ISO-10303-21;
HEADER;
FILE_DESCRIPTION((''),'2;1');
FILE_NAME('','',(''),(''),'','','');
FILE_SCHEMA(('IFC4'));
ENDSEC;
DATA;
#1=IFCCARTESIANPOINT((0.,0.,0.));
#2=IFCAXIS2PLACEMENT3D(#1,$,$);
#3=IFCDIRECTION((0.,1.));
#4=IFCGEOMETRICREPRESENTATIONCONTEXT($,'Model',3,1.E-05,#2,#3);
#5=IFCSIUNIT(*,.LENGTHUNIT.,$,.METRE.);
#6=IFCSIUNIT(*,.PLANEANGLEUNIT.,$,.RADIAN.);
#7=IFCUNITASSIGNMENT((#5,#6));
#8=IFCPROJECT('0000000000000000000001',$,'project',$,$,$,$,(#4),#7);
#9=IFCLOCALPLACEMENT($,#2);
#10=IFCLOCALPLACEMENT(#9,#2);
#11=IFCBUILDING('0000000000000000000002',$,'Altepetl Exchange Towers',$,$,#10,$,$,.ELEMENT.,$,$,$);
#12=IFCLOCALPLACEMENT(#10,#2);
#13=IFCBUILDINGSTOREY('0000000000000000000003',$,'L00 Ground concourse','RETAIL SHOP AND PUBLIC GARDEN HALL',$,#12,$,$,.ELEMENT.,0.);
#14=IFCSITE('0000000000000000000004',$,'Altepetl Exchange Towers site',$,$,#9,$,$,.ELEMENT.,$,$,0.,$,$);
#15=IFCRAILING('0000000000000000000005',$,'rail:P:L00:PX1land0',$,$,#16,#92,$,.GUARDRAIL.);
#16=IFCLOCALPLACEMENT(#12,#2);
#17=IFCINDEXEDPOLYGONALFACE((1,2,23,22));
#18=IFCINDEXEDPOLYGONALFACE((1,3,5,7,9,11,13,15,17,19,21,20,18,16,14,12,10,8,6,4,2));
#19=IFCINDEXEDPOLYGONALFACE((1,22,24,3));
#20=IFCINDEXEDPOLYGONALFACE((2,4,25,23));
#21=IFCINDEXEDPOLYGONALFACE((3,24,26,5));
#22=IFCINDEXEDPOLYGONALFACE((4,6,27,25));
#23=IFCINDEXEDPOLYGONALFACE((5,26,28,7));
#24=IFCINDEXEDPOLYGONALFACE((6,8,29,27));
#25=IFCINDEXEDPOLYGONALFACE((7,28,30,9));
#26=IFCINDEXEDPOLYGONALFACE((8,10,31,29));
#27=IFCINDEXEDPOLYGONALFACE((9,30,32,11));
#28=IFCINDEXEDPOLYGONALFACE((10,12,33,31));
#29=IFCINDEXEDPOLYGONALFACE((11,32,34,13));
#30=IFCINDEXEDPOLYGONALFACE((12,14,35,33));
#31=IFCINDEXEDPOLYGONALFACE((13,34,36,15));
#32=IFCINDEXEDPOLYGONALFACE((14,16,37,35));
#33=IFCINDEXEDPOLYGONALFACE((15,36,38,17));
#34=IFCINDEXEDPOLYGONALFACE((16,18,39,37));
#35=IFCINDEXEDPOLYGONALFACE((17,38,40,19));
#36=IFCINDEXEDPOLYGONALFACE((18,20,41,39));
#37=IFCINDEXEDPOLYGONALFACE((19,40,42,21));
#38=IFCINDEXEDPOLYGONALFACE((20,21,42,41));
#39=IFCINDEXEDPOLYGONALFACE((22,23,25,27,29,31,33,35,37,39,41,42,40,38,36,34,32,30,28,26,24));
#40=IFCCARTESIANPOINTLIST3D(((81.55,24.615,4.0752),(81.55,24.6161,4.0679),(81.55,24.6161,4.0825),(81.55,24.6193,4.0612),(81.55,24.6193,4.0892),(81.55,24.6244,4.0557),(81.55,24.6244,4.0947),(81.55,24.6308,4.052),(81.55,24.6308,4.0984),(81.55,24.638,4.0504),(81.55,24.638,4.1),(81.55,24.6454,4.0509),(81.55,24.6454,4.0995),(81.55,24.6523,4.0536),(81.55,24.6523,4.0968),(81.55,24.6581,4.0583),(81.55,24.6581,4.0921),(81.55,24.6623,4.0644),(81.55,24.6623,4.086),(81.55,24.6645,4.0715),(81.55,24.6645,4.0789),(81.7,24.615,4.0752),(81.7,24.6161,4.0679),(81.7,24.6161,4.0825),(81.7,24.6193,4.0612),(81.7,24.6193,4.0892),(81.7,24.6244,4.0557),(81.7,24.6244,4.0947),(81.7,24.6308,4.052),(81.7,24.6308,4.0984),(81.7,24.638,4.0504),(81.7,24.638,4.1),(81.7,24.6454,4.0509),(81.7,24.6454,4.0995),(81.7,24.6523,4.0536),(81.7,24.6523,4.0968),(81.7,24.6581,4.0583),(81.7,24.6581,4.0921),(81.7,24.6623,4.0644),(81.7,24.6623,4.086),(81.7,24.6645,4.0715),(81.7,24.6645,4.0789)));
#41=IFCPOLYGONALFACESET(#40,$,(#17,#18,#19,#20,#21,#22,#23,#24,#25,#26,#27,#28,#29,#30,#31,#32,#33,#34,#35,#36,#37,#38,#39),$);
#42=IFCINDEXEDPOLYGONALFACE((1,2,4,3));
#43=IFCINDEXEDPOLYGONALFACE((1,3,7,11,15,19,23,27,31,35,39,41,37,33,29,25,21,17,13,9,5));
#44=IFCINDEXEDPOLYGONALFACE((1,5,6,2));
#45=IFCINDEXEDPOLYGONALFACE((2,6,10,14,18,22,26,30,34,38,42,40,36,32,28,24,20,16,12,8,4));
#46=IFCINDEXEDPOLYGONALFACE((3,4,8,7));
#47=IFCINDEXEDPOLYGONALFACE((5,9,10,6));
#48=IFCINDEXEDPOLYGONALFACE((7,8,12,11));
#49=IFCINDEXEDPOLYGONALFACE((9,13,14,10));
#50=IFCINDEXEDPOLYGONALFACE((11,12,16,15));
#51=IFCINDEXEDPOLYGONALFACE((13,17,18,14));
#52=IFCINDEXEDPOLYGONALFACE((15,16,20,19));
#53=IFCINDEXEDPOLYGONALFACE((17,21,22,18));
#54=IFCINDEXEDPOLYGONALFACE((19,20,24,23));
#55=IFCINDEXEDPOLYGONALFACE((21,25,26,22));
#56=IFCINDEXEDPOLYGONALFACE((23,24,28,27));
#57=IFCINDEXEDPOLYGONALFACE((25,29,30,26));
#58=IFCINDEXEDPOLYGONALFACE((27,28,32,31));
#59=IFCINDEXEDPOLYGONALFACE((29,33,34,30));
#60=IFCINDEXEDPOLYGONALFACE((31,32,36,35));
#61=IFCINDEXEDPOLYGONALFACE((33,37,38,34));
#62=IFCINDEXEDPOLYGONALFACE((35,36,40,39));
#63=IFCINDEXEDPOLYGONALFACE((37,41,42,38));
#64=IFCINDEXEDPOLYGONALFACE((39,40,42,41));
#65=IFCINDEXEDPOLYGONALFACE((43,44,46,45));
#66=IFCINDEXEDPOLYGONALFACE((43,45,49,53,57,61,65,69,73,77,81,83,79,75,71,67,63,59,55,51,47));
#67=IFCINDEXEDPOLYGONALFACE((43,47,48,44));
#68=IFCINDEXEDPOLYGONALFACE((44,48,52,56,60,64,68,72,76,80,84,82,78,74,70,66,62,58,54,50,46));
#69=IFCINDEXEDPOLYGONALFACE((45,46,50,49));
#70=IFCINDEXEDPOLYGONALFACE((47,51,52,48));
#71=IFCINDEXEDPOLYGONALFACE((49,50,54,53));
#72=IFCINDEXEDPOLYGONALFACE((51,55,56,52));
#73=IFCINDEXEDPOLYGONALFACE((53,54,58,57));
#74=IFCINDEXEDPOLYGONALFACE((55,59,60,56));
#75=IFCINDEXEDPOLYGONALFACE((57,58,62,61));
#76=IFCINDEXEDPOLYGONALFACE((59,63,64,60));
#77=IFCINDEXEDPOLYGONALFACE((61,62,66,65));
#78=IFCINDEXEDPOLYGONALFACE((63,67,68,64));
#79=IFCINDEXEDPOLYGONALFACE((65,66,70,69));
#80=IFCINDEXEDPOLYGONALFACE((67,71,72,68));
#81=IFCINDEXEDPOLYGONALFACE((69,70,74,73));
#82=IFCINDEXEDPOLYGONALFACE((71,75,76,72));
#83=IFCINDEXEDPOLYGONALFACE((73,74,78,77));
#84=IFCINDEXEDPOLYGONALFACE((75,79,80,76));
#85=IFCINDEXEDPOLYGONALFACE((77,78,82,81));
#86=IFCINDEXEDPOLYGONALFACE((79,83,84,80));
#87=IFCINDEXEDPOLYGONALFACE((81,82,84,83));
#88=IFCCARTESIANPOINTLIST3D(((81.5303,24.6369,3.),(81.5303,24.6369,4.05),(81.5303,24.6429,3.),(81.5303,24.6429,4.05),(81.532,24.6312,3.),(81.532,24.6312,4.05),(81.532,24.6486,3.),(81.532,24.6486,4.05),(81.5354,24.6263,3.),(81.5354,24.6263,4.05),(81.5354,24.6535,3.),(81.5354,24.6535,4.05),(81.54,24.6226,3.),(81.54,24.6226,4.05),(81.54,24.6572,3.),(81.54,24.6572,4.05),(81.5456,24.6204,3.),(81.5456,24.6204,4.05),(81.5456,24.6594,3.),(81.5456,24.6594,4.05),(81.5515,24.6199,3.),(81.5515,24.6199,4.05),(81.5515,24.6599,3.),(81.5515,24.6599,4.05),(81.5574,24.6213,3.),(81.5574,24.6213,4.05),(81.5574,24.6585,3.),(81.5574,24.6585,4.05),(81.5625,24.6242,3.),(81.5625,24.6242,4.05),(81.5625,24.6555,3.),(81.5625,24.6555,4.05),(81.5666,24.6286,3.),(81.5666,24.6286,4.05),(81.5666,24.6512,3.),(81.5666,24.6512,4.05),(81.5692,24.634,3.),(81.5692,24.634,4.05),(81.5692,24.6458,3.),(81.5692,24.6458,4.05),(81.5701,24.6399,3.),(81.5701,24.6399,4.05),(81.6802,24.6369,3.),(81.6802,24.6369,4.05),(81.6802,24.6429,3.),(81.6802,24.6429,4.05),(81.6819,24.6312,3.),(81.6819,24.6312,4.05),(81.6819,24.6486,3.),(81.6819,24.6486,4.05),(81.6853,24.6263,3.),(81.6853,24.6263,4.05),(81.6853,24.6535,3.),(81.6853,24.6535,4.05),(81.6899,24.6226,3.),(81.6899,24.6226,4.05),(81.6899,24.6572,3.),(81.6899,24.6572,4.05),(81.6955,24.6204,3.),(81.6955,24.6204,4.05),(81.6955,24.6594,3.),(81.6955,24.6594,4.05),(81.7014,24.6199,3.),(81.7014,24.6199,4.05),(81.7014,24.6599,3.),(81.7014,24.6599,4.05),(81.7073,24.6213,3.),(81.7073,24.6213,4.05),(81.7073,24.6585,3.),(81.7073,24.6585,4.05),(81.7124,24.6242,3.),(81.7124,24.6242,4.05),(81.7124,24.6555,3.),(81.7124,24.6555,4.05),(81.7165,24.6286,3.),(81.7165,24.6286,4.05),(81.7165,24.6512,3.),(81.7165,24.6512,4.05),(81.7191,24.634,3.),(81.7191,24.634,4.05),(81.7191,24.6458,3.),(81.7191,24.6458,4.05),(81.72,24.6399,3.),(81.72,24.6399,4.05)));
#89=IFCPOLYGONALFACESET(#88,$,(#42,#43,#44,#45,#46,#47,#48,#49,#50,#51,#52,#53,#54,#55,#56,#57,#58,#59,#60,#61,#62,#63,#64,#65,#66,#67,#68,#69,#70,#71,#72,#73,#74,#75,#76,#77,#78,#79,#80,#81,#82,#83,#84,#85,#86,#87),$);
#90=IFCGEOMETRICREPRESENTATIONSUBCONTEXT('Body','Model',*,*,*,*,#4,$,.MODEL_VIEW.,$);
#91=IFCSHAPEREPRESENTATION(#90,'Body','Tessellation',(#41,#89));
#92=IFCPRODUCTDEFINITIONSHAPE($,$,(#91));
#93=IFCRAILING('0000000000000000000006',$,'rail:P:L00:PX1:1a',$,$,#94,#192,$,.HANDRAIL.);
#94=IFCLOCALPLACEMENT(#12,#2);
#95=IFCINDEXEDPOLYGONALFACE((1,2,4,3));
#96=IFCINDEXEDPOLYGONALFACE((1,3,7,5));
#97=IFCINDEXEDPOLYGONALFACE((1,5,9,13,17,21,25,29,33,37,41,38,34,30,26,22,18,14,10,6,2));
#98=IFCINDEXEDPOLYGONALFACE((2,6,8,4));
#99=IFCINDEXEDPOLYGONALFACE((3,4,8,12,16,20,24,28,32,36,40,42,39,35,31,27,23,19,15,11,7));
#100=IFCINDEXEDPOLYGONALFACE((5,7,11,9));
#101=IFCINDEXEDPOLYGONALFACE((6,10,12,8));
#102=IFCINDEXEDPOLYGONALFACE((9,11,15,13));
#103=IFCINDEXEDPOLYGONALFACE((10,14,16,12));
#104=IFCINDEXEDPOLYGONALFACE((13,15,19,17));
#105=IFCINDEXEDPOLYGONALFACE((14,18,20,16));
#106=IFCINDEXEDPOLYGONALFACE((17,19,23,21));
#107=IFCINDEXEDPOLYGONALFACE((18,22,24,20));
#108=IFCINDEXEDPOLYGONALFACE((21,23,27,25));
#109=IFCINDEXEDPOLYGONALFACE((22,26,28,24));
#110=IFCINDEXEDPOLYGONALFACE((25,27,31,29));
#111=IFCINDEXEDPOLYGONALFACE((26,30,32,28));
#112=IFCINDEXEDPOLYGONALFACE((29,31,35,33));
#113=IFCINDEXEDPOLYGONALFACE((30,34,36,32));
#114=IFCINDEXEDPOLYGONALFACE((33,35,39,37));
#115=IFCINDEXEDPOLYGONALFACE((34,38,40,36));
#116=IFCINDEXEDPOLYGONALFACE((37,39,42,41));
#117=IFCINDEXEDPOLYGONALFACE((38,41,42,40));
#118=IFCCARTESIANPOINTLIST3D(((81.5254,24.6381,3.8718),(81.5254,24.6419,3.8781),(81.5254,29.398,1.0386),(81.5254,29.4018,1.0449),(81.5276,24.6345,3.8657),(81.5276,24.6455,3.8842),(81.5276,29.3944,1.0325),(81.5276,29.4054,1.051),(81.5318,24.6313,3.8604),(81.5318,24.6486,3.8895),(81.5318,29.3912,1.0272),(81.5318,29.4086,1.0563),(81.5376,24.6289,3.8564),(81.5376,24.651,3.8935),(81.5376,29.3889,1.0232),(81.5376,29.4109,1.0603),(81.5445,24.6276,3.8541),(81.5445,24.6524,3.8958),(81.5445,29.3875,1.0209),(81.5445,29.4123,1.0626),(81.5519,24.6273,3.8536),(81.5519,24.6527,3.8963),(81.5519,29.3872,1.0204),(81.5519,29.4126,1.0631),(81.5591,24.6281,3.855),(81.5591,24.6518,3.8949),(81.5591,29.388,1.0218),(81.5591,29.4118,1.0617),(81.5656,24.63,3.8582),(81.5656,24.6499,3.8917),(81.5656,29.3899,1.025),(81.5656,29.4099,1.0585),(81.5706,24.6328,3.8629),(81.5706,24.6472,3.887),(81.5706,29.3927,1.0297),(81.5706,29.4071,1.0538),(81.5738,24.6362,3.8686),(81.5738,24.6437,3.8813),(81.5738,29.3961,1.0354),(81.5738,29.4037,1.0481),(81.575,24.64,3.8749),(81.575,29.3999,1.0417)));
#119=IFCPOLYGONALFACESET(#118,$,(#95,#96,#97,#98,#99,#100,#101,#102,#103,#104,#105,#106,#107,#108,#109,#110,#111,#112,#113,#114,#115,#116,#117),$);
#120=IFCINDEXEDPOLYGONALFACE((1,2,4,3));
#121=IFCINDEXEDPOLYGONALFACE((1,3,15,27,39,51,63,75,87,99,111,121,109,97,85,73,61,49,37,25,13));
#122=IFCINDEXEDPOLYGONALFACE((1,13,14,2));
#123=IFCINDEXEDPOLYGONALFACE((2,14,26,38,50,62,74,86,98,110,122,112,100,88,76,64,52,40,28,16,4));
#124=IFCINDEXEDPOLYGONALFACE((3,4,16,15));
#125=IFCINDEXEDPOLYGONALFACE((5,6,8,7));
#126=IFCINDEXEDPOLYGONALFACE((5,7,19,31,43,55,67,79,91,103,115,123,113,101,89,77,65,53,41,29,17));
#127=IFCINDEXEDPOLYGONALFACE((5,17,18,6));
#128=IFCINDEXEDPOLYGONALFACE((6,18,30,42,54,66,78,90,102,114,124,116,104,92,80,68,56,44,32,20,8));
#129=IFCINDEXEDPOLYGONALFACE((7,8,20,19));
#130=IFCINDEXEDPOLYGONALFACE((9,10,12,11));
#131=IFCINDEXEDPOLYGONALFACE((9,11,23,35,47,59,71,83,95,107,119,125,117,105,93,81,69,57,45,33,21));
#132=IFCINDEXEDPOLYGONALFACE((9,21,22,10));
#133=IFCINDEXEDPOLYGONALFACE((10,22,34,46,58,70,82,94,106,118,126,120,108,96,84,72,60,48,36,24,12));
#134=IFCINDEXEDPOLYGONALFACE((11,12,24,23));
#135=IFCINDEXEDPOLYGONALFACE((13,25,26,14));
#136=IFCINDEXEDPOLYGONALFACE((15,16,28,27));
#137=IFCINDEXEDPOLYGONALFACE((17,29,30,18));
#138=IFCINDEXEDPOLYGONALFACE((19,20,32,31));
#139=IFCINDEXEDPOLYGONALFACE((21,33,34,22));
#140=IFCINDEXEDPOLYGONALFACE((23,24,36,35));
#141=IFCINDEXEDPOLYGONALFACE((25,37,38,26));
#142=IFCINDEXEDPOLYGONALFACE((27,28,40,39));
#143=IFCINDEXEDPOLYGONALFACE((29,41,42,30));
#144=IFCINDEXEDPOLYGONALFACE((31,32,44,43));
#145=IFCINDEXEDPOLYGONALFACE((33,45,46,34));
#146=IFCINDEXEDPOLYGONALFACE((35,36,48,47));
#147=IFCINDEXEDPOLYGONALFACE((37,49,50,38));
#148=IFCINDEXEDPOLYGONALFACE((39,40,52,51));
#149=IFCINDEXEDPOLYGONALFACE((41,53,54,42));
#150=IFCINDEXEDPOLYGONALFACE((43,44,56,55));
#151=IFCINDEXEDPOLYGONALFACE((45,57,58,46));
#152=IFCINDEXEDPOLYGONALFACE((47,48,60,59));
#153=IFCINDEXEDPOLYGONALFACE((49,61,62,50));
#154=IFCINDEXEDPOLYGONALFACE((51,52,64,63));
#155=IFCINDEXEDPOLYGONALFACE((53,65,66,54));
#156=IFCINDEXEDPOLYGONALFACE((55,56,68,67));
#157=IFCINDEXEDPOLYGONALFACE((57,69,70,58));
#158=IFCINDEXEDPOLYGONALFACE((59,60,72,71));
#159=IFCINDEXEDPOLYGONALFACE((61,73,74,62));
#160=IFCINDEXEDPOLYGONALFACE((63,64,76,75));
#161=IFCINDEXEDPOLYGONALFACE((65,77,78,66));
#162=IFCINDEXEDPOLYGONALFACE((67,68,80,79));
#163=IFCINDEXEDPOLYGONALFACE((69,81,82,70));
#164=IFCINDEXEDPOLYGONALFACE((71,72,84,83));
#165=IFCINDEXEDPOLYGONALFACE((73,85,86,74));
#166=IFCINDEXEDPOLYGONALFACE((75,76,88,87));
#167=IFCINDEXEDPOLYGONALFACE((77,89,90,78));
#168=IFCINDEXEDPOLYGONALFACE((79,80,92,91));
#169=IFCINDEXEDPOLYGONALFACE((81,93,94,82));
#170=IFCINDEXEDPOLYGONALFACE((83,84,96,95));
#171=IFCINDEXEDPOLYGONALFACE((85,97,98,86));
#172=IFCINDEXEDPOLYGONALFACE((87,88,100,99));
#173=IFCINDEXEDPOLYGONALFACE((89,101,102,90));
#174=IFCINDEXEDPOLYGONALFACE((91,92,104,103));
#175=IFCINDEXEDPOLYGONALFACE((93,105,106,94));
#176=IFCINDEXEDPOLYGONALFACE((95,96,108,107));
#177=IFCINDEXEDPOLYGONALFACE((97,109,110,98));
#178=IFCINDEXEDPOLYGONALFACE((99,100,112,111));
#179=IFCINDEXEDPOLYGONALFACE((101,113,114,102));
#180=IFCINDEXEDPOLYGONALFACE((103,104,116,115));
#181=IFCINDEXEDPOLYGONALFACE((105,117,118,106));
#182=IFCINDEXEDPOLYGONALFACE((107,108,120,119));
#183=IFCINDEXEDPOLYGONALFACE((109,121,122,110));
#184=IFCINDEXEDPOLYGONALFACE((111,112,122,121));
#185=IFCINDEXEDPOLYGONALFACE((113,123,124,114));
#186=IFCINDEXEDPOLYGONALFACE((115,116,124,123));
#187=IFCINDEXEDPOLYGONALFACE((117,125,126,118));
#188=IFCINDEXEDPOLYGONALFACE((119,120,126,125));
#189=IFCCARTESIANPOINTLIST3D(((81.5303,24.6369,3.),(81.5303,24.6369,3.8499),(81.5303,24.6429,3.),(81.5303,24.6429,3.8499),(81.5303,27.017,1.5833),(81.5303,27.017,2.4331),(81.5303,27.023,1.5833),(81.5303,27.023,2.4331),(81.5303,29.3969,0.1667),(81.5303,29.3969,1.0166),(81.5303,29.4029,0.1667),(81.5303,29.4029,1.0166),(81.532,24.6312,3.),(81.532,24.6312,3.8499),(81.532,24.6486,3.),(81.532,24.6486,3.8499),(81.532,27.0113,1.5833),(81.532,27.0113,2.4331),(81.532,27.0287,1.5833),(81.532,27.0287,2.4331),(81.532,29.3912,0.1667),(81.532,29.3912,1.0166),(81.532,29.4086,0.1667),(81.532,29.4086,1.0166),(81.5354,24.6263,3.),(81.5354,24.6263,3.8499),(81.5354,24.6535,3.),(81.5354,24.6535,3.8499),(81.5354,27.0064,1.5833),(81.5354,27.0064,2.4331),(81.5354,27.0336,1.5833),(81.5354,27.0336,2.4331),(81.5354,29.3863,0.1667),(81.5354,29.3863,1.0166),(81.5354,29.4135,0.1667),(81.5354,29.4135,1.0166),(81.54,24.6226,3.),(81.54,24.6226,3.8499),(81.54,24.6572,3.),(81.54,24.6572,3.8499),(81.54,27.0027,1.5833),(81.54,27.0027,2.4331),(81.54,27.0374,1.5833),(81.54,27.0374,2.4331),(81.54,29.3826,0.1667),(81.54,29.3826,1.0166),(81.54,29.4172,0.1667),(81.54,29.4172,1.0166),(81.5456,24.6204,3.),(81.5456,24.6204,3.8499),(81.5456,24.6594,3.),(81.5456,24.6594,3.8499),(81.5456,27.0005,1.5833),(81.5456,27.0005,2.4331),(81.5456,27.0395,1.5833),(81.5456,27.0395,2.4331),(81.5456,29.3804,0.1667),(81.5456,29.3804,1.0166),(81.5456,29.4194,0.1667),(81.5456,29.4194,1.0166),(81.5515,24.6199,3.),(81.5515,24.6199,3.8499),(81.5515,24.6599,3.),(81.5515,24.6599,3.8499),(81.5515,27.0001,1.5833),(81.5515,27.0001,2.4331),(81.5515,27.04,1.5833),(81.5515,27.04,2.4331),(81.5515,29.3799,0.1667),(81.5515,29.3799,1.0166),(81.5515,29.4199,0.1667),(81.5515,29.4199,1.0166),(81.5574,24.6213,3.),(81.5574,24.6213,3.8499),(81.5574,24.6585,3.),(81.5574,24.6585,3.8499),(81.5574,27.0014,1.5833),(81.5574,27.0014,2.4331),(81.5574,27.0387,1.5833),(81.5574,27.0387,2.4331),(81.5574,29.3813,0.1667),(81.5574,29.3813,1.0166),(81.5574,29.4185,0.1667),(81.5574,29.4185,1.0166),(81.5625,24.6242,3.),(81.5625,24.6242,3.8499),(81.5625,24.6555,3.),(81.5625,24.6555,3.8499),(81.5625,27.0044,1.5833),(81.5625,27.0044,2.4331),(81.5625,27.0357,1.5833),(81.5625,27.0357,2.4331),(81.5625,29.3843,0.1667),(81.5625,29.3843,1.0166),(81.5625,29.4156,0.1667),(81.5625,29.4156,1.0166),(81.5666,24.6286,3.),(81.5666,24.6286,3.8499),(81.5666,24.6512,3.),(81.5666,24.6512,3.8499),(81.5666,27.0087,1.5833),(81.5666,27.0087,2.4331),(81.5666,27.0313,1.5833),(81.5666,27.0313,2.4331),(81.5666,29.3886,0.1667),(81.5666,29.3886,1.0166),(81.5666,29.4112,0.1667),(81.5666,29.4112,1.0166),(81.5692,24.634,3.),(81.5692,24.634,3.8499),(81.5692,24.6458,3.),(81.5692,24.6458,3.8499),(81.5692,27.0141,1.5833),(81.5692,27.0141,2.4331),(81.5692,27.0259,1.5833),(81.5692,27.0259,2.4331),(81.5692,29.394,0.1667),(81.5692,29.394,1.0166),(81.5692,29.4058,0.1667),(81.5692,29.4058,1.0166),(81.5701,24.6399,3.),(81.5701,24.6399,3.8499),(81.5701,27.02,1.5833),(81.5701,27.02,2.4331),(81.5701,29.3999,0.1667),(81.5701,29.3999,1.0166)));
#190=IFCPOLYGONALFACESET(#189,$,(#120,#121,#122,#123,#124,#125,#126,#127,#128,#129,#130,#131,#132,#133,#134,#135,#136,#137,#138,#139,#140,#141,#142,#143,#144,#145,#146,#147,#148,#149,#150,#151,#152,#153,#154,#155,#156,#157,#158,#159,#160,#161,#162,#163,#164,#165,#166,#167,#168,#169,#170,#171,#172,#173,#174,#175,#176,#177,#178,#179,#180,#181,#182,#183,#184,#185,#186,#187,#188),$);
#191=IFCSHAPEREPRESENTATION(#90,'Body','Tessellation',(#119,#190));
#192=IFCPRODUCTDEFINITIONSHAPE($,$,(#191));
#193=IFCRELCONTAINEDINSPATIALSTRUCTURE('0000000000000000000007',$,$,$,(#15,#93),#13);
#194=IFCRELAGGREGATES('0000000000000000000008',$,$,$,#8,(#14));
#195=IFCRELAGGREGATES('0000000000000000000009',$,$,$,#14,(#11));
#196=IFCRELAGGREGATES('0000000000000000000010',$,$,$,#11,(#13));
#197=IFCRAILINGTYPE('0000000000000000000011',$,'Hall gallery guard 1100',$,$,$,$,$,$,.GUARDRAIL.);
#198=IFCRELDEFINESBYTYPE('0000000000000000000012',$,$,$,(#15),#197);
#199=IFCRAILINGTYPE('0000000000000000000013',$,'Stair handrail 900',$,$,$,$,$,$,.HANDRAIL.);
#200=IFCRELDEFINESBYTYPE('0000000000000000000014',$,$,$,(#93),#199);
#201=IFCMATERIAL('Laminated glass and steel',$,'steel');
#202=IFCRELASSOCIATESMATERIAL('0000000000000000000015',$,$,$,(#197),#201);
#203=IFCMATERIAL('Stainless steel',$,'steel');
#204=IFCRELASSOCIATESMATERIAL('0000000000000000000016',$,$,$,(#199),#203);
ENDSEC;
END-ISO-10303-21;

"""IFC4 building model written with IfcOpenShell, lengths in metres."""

from ifc_helpers import new_model, si_unit, direction, frame, origin, origin_2d, place, context, subcontext, project, spatial, circle, extrude, source, transform, mapped, material, type_object, element, save


model = new_model("IFC4")

# Units and contexts
model_context = context("Model", 3, precision=1e-05, world=origin(), true_north=direction((0.0, 1.0)))
body_context = subcontext(model_context, "Body", "Model", "MODEL_VIEW")
ifc_project = project(units=[si_unit("LENGTHUNIT", "METRE"), si_unit("PLANEANGLEUNIT", "RADIAN")], contexts=[model_context])

# Site, building, storey
site_placement = place(None, origin())
site = spatial("IfcSite", under=ifc_project, at=site_placement, Name="Altepetl Exchange Towers site", CompositionType="ELEMENT", RefElevation=0.0)
building_placement = place(site_placement, origin())
building = spatial("IfcBuilding", under=site, at=building_placement, Name="Altepetl Exchange Towers", CompositionType="ELEMENT")
storey_placement = place(building_placement, origin())
storey = spatial("IfcBuildingStorey", under=building, at=storey_placement, Name="L00 Ground concourse", Description="RETAIL SHOP AND PUBLIC GARDEN HALL", CompositionType="ELEMENT", Elevation=0.0)

# Railings
ifc_material_1 = material(Name="Laminated glass and steel", Category="steel")
railing_type_1 = type_object("IfcRailingType", Name="Hall gallery guard 1100", PredefinedType="GUARDRAIL", material=ifc_material_1)
shared_shape_1 = source(origin(), body_context, "Body", "SweptSolid", [
    extrude(circle(Radius=0.02, at=origin_2d()), origin(), (0.0, 0.0, 1.0), 1.05),
])
railing_1_placement = place(storey_placement, frame((81.7, 24.6399, 3.0)))
element("IfcRailing", 1, at=railing_1_placement, inside=storey, type_object=railing_type_1, Name="rail:P:L00:PX1land0", PredefinedType="GUARDRAIL", context=body_context, shape_type="SweptSolid", body=[
    extrude(circle(Radius=0.0249, at=origin_2d()), frame((0.0, 0.0, 1.0752), z_axis=(-1.0, 0.0, 0.0), x_axis=(0.0, -1.0, 0.0)), (0.0, 0.0, 1.0), 0.1499),
    mapped(shared_shape_1, transform((0.0, 0.0, 0.0))),
    mapped(shared_shape_1, transform((-0.1499, 0.0, 0.0))),
])
ifc_material_2 = material(Name="Stainless steel", Category="steel")
railing_type_2 = type_object("IfcRailingType", Name="Stair handrail 900", PredefinedType="HANDRAIL", material=ifc_material_2)
shared_shape_2 = source(origin(), body_context, "Body", "SweptSolid", [
    extrude(circle(Radius=0.02, at=origin_2d()), origin(), (0.0, 0.0, 1.0), 0.8499),
])
railing_2_placement = place(storey_placement, frame((81.55, 29.3999, 0.1667)))
element("IfcRailing", 2, at=railing_2_placement, inside=storey, type_object=railing_type_2, Name="rail:P:L00:PX1:1a", PredefinedType="HANDRAIL", context=body_context, shape_type="SweptSolid", body=[
    extrude(circle(Radius=0.0249, at=origin_2d()), frame((0.0, 0.0, 0.875), z_axis=(0.0, -0.8593, 0.511472), x_axis=(1.0, 0.0, 0.0)), (0.0, 0.0, 1.0), 5.5393),
    mapped(shared_shape_2, transform((0.0, 0.0, 0.0))),
    mapped(shared_shape_2, transform((0.0, -2.3799, 1.4165))),
    mapped(shared_shape_2, transform((0.0, -4.76, 2.8333))),
])

save(model, "model.ifc")
